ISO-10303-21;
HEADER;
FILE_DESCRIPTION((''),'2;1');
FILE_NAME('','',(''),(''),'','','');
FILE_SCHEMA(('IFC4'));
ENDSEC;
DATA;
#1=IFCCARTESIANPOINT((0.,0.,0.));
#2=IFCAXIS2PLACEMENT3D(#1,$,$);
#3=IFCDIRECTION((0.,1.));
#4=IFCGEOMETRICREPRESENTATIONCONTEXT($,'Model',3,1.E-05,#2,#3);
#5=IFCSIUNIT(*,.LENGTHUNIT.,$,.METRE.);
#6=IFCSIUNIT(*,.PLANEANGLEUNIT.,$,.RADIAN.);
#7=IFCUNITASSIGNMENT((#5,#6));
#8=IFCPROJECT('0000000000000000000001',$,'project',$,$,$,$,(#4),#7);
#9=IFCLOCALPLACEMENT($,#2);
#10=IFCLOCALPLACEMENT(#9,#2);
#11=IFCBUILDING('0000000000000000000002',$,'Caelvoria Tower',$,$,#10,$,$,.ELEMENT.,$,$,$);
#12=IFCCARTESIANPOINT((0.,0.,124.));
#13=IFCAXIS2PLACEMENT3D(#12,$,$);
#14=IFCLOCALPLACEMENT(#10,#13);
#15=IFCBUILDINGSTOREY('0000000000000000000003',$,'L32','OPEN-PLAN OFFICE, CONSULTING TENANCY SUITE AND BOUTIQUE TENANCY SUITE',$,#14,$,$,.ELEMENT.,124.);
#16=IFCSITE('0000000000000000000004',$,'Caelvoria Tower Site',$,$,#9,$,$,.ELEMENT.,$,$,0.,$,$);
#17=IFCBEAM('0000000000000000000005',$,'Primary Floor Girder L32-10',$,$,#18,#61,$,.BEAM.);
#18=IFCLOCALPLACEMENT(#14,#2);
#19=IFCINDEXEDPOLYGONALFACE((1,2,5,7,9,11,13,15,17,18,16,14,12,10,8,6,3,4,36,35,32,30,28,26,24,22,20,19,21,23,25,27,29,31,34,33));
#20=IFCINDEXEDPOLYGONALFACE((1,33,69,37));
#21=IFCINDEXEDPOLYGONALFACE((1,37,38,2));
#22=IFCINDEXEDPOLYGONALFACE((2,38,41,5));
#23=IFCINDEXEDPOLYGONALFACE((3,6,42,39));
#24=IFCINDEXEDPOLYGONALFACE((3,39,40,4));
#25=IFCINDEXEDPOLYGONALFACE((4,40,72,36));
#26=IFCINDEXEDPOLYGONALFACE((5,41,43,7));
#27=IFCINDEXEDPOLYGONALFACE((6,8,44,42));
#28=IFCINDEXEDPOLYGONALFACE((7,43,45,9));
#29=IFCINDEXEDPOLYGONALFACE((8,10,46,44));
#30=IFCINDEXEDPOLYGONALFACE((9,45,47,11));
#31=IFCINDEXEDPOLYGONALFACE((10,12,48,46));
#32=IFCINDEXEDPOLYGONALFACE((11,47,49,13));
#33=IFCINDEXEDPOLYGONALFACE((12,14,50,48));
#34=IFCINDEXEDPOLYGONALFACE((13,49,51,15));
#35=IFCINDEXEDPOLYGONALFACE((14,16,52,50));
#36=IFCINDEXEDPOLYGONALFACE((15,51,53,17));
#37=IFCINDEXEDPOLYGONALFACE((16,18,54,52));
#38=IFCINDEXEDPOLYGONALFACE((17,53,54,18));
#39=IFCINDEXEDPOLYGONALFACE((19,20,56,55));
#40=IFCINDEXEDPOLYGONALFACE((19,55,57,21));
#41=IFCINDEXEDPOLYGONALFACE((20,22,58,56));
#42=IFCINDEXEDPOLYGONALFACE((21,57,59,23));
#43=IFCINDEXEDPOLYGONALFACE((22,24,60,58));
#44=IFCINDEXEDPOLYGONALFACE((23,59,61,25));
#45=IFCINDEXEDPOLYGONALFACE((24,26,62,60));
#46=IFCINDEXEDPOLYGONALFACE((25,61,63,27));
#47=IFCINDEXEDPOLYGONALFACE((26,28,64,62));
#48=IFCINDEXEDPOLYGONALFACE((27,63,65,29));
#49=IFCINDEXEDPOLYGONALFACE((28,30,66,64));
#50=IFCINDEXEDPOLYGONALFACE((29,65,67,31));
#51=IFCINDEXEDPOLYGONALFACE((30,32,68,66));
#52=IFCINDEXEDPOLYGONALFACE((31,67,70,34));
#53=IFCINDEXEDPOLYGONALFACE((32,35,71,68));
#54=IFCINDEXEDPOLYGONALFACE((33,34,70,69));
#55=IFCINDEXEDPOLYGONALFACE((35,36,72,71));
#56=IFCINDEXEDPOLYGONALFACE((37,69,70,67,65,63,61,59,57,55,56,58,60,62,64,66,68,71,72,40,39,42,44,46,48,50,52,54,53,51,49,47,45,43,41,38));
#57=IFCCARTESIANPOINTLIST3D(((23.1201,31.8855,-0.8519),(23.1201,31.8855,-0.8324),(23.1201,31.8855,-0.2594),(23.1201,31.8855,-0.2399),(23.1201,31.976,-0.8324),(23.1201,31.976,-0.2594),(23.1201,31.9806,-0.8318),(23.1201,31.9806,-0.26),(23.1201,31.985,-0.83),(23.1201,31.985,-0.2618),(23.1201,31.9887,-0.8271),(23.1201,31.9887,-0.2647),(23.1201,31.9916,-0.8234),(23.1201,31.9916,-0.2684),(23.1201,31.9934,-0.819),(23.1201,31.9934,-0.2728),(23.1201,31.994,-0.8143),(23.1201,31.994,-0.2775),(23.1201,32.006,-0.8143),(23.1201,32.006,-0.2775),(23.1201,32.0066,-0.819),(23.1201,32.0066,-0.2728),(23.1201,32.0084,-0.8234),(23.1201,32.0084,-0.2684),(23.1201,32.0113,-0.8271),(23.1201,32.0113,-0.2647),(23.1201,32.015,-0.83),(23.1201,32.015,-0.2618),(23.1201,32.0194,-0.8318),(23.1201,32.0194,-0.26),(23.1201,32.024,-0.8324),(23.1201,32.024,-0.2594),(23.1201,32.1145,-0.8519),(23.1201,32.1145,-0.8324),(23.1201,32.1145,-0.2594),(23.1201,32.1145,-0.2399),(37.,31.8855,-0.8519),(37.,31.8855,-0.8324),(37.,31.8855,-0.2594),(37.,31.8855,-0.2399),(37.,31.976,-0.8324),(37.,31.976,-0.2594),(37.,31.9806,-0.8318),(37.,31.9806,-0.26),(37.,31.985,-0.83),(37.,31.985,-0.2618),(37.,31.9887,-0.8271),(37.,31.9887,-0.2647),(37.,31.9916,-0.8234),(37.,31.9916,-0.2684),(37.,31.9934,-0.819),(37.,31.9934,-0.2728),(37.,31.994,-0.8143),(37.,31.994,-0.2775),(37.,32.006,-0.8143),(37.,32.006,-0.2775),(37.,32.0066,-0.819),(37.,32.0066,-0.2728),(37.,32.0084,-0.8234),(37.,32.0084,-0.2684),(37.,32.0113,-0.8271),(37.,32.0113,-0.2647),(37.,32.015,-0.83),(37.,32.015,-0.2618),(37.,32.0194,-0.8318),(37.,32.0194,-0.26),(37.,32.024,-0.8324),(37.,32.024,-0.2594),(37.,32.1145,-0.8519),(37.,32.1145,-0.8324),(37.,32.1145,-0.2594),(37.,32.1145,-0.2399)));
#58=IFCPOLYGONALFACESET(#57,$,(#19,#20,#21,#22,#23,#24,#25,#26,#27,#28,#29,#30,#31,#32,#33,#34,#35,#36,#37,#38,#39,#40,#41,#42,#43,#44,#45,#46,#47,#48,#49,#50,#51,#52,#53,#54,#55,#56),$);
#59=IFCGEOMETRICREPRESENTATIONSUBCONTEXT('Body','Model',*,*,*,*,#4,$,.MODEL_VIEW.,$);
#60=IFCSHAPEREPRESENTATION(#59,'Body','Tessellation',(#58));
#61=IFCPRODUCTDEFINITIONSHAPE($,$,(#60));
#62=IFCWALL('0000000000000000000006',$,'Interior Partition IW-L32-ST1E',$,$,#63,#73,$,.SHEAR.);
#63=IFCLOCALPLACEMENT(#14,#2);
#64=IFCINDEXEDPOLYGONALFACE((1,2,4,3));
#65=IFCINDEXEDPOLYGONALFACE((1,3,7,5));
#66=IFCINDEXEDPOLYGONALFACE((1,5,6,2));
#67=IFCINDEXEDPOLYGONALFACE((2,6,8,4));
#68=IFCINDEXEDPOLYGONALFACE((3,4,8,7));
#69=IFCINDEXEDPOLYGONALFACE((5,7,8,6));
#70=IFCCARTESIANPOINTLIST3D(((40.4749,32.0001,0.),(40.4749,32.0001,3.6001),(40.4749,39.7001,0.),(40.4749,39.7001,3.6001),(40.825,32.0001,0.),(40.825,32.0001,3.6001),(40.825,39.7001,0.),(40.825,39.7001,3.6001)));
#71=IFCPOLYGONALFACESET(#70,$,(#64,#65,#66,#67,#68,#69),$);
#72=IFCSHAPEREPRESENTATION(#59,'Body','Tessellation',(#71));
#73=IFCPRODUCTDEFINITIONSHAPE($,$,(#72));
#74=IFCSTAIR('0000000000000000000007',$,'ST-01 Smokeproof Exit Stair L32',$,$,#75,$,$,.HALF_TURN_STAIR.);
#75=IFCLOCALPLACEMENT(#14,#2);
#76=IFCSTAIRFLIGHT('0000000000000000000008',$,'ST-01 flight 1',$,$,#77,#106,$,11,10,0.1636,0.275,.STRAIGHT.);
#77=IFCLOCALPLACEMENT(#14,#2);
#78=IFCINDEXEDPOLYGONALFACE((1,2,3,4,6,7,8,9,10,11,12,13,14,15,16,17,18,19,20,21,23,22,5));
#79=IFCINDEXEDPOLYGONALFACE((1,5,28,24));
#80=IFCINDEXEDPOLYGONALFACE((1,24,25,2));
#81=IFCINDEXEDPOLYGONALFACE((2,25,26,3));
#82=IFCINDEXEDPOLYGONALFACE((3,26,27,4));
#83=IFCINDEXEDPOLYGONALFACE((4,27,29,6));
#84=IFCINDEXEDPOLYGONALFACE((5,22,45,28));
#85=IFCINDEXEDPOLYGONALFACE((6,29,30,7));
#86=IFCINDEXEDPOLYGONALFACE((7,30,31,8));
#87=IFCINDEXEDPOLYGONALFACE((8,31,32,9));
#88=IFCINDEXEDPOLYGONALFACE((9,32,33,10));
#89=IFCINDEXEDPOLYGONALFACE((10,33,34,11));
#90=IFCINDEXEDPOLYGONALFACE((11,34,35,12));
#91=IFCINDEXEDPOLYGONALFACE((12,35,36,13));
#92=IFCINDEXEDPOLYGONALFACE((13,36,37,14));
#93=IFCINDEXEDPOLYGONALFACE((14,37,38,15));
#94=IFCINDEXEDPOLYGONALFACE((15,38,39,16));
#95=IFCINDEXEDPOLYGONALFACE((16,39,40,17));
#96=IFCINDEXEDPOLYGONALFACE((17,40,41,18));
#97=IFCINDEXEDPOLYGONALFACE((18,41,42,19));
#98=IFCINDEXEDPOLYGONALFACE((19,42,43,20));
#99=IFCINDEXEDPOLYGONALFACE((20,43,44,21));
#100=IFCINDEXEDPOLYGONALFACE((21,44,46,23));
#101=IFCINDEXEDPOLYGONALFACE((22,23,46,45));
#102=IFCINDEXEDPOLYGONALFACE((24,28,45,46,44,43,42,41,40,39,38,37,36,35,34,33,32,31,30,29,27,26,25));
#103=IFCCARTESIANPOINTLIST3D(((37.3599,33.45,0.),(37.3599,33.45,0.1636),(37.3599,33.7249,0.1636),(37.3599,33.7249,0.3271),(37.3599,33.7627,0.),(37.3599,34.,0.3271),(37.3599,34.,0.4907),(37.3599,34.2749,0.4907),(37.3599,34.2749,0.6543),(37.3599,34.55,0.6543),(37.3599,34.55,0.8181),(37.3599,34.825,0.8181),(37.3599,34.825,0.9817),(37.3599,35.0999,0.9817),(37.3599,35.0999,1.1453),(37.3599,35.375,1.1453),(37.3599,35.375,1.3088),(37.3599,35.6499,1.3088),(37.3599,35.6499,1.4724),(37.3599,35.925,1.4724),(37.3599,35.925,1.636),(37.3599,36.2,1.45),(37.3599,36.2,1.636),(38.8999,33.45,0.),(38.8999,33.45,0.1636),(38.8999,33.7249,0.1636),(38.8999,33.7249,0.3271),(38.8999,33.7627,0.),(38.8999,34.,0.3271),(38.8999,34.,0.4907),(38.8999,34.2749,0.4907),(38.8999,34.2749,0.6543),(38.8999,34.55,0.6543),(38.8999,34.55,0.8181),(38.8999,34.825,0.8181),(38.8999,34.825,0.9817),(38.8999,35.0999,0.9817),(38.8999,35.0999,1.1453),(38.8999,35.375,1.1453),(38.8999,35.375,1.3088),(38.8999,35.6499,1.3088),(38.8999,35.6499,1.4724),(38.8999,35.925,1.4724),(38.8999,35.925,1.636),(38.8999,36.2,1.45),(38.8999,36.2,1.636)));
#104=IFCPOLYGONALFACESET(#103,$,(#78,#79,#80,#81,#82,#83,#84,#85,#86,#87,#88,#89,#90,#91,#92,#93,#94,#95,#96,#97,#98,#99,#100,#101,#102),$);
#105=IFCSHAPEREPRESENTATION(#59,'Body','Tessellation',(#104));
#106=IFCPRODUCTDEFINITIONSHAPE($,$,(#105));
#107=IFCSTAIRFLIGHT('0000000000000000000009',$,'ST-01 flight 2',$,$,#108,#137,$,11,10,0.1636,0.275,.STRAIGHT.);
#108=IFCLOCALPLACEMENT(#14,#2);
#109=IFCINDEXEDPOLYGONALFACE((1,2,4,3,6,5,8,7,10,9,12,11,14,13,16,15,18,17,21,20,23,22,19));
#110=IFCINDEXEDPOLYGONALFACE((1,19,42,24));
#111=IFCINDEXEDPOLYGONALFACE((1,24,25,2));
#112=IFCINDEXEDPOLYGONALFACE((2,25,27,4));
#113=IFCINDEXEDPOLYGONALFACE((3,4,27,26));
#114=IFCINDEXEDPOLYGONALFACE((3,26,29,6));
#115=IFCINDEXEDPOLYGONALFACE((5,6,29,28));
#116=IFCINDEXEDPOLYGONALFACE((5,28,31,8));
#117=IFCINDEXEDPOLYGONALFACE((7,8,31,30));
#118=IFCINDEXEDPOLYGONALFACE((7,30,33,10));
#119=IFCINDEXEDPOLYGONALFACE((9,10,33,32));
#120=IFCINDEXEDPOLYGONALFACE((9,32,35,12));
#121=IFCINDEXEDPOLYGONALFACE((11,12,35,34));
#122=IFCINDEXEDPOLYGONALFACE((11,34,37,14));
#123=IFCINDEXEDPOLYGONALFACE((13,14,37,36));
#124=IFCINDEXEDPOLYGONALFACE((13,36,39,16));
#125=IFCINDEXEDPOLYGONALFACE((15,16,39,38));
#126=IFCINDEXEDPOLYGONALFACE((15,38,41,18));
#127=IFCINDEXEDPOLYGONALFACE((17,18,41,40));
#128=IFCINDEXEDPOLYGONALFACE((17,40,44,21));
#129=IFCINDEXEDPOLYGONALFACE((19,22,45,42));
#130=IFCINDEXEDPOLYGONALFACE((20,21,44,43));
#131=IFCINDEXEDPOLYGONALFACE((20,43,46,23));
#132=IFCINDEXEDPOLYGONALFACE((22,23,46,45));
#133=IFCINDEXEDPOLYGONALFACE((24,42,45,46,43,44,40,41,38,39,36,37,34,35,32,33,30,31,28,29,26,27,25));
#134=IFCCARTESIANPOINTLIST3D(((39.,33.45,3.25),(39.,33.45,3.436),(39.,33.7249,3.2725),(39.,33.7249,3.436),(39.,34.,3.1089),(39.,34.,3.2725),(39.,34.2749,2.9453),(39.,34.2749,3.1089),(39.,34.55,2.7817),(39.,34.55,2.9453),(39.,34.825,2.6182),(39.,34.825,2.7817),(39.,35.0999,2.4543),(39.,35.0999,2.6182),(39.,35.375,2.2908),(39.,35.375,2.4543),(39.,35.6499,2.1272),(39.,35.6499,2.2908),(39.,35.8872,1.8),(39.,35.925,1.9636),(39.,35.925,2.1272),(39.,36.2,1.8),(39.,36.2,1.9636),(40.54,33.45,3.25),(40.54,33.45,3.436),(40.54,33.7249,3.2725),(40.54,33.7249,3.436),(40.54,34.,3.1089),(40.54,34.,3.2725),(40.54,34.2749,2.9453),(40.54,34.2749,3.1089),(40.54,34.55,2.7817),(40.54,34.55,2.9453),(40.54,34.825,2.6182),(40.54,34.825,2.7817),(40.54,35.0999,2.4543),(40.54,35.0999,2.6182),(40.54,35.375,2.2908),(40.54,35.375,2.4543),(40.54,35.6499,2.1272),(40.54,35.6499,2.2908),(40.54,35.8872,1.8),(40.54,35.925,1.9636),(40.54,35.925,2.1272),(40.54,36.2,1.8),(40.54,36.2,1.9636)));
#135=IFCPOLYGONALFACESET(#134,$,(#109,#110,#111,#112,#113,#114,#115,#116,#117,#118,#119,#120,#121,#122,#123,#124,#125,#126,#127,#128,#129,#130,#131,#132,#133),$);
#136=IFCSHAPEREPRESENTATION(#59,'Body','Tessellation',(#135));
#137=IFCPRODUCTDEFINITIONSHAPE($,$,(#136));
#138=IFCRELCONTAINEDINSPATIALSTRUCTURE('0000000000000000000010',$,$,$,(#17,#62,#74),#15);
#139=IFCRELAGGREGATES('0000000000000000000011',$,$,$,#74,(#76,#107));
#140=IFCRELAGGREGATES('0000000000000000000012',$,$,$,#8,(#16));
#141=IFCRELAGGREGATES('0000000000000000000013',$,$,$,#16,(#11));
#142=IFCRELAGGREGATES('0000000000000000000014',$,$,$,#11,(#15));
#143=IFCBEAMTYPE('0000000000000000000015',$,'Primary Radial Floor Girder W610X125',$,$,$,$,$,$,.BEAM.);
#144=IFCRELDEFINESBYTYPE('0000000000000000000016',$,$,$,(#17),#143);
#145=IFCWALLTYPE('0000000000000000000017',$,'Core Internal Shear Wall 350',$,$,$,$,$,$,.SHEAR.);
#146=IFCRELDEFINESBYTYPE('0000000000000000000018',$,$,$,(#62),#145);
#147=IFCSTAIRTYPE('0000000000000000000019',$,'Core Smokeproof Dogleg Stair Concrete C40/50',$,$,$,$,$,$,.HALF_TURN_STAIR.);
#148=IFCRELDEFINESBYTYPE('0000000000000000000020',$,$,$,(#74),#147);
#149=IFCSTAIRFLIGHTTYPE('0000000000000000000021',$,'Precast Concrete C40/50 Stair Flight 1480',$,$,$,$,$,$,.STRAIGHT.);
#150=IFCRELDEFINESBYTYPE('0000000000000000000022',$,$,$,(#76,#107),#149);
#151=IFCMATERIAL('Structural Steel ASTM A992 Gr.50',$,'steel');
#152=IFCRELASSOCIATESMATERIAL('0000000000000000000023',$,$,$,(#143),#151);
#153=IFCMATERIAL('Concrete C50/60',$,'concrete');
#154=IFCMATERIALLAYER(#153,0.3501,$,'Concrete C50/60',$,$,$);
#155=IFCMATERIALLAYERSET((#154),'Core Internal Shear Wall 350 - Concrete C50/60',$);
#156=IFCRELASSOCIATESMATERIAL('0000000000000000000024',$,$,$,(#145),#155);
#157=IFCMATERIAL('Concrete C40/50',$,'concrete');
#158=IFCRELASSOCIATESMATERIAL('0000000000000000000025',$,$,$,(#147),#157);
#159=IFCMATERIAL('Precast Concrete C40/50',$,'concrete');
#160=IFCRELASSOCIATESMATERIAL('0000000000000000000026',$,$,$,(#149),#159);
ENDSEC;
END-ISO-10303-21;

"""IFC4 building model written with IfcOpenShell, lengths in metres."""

from ifc_helpers import new_model, si_unit, direction, frame, frame_2d, origin, origin_2d, place, context, subcontext, project, spatial, polyline, rectangle, i_section, outline, extrude, material, layer, layer_set, material_profile, profile_set, type_object, element, aggregate, save


model = new_model("IFC4")

# Units and contexts
model_context = context("Model", 3, precision=1e-05, world=origin(), true_north=direction((0.0, 1.0)))
body_context = subcontext(model_context, "Body", "Model", "MODEL_VIEW")
ifc_project = project(units=[si_unit("LENGTHUNIT", "METRE"), si_unit("PLANEANGLEUNIT", "RADIAN")], contexts=[model_context])

# Site, building, storey
site_placement = place(None, origin())
site = spatial("IfcSite", under=ifc_project, at=site_placement, Name="Caelvoria Tower Site", CompositionType="ELEMENT", RefElevation=0.0)
building_placement = place(site_placement, origin())
building = spatial("IfcBuilding", under=site, at=building_placement, Name="Caelvoria Tower", CompositionType="ELEMENT")
storey_placement = place(building_placement, frame((0.0, 0.0, 124.0)))
storey = spatial("IfcBuildingStorey", under=building, at=storey_placement, Name="L32", Description="OPEN-PLAN OFFICE, CONSULTING TENANCY SUITE AND BOUTIQUE TENANCY SUITE", CompositionType="ELEMENT", Elevation=124.0)

# Beam
ifc_material_1 = material(Name="Structural Steel ASTM A992 Gr.50", Category="steel")
ifc_material_profile_1 = material_profile(ifc_material_1, i_section(OverallWidth=0.229, OverallDepth=0.6121, WebThickness=0.012, FlangeThickness=0.0195, FilletRadius=0.0181, at=origin_2d()), Name="Structural Steel ASTM A992 Gr.50")
ifc_profile_set_1 = profile_set([ifc_material_profile_1], Name="W610X125 - Structural Steel ASTM A992 Gr.50")
beam_type_1 = type_object("IfcBeamType", Name="Primary Radial Floor Girder W610X125", PredefinedType="BEAM", material=ifc_profile_set_1)
beam_1_placement = place(storey_placement, frame((37.0, 32.0, -0.5459), z_axis=(-1.0, 0.0, 0.0), x_axis=(0.0, -1.0, 0.0)))
element("IfcBeam", 1, at=beam_1_placement, inside=storey, type_object=beam_type_1, Name="Primary Floor Girder L32-10", PredefinedType="BEAM", context=body_context, shape_type="SweptSolid", body=[
    extrude(i_section(OverallWidth=0.229, OverallDepth=0.6121, WebThickness=0.012, FlangeThickness=0.0195, FilletRadius=0.0181, at=origin_2d()), origin(), (0.0, 0.0, 1.0), 13.8799),
])

# Wall
ifc_material_2 = material(Name="Concrete C50/60", Category="concrete")
ifc_layer_1 = layer(ifc_material_2, 0.3501, Name="Concrete C50/60")
ifc_layer_set_1 = layer_set([ifc_layer_1], Name="Core Internal Shear Wall 350 - Concrete C50/60")
wall_type_1 = type_object("IfcWallType", Name="Core Internal Shear Wall 350", PredefinedType="SHEAR", material=ifc_layer_set_1)
wall_1_placement = place(storey_placement, frame((40.6499, 32.0, 0.0), z_axis=(0.0, 0.0, 1.0), x_axis=(0.0, 1.0, 0.0)))
element("IfcWall", 2, at=wall_1_placement, inside=storey, type_object=wall_type_1, Name="Interior Partition IW-L32-ST1E", PredefinedType="SHEAR", context=body_context, shape_type="SweptSolid", body=[
    extrude(rectangle(XDim=7.7, YDim=0.3501, at=frame_2d((3.8501, 0.0))), origin(), (0.0, 0.0, 1.0), 3.6001),
])

# Stair, stair flights
ifc_material_3 = material(Name="Concrete C40/50", Category="concrete")
stair_type = type_object("IfcStairType", Name="Core Smokeproof Dogleg Stair Concrete C40/50", PredefinedType="HALF_TURN_STAIR", material=ifc_material_3)
stair_placement = place(storey_placement, origin())
stair = element("IfcStair", 3, at=stair_placement, inside=storey, type_object=stair_type, Name="ST-01 Smokeproof Exit Stair L32", PredefinedType="HALF_TURN_STAIR")
ifc_material_4 = material(Name="Precast Concrete C40/50", Category="concrete")
stair_flight_type = type_object("IfcStairFlightType", Name="Precast Concrete C40/50 Stair Flight 1480", PredefinedType="STRAIGHT", material=ifc_material_4)
stair_flight_1_placement = place(storey_placement, frame((38.1299, 33.45, 0.0), z_axis=(0.0, 0.0, 1.0), x_axis=(0.0, 1.0, 0.0)))
stair_flight_1 = element("IfcStairFlight", 4, at=stair_flight_1_placement, type_object=stair_flight_type, Name="ST-01 flight 1", NumberOfRisers=11, NumberOfTreads=10, PredefinedType="STRAIGHT", RiserHeight=0.1636, TreadLength=0.275, context=body_context, shape_type="SweptSolid", body=[
    extrude(outline(polyline([(0.0, 0.0), (0.0, 0.1636), (0.2749, 0.1636), (0.2749, 0.3271), (0.55, 0.3271), (0.55, 0.4907), (0.825, 0.4907), (0.825, 0.6543), (1.1001, 0.6543), (1.1001, 0.8181), (1.375, 0.8181), (1.375, 0.9817), (1.6499, 0.9817), (1.6499, 1.1453), (1.925, 1.1453), (1.925, 1.3088), (2.2, 1.3088), (2.2, 1.4724), (2.4751, 1.4724), (2.4751, 1.636), (2.75, 1.636), (2.75, 1.7996), (2.75, 1.45), (0.3127, 0.0), (0.0, 0.0)])), frame((0.0, 0.77, 0.0), z_axis=(0.0, -1.0, 0.0), x_axis=(1.0, 0.0, 0.0)), (0.0, 0.0, 1.0), 1.54),
])
stair_flight_2_placement = place(storey_placement, frame((39.77, 36.2, 1.8), z_axis=(0.0, 0.0, 1.0), x_axis=(0.0, -1.0, 0.0)))
stair_flight_2 = element("IfcStairFlight", 5, at=stair_flight_2_placement, type_object=stair_flight_type, Name="ST-01 flight 2", NumberOfRisers=11, NumberOfTreads=10, PredefinedType="STRAIGHT", RiserHeight=0.1636, TreadLength=0.275, context=body_context, shape_type="SweptSolid", body=[
    extrude(outline(polyline([(0.0, 0.0), (0.0, 0.1636), (0.2749, 0.1636), (0.2749, 0.3271), (0.55, 0.3271), (0.55, 0.4907), (0.825, 0.4907), (0.825, 0.6543), (1.1001, 0.6543), (1.1001, 0.8181), (1.375, 0.8181), (1.375, 0.9817), (1.6499, 0.9817), (1.6499, 1.1453), (1.925, 1.1453), (1.925, 1.3088), (2.2, 1.3088), (2.2, 1.4724), (2.4751, 1.4724), (2.4751, 1.636), (2.75, 1.636), (2.75, 1.7996), (2.75, 1.45), (0.3127, 0.0), (0.0, 0.0)])), frame((0.0, 0.77, 0.0), z_axis=(0.0, -1.0, 0.0), x_axis=(1.0, 0.0, 0.0)), (0.0, 0.0, 1.0), 1.54),
])
aggregate(stair, [stair_flight_1, stair_flight_2])

save(model, "model.ifc")
